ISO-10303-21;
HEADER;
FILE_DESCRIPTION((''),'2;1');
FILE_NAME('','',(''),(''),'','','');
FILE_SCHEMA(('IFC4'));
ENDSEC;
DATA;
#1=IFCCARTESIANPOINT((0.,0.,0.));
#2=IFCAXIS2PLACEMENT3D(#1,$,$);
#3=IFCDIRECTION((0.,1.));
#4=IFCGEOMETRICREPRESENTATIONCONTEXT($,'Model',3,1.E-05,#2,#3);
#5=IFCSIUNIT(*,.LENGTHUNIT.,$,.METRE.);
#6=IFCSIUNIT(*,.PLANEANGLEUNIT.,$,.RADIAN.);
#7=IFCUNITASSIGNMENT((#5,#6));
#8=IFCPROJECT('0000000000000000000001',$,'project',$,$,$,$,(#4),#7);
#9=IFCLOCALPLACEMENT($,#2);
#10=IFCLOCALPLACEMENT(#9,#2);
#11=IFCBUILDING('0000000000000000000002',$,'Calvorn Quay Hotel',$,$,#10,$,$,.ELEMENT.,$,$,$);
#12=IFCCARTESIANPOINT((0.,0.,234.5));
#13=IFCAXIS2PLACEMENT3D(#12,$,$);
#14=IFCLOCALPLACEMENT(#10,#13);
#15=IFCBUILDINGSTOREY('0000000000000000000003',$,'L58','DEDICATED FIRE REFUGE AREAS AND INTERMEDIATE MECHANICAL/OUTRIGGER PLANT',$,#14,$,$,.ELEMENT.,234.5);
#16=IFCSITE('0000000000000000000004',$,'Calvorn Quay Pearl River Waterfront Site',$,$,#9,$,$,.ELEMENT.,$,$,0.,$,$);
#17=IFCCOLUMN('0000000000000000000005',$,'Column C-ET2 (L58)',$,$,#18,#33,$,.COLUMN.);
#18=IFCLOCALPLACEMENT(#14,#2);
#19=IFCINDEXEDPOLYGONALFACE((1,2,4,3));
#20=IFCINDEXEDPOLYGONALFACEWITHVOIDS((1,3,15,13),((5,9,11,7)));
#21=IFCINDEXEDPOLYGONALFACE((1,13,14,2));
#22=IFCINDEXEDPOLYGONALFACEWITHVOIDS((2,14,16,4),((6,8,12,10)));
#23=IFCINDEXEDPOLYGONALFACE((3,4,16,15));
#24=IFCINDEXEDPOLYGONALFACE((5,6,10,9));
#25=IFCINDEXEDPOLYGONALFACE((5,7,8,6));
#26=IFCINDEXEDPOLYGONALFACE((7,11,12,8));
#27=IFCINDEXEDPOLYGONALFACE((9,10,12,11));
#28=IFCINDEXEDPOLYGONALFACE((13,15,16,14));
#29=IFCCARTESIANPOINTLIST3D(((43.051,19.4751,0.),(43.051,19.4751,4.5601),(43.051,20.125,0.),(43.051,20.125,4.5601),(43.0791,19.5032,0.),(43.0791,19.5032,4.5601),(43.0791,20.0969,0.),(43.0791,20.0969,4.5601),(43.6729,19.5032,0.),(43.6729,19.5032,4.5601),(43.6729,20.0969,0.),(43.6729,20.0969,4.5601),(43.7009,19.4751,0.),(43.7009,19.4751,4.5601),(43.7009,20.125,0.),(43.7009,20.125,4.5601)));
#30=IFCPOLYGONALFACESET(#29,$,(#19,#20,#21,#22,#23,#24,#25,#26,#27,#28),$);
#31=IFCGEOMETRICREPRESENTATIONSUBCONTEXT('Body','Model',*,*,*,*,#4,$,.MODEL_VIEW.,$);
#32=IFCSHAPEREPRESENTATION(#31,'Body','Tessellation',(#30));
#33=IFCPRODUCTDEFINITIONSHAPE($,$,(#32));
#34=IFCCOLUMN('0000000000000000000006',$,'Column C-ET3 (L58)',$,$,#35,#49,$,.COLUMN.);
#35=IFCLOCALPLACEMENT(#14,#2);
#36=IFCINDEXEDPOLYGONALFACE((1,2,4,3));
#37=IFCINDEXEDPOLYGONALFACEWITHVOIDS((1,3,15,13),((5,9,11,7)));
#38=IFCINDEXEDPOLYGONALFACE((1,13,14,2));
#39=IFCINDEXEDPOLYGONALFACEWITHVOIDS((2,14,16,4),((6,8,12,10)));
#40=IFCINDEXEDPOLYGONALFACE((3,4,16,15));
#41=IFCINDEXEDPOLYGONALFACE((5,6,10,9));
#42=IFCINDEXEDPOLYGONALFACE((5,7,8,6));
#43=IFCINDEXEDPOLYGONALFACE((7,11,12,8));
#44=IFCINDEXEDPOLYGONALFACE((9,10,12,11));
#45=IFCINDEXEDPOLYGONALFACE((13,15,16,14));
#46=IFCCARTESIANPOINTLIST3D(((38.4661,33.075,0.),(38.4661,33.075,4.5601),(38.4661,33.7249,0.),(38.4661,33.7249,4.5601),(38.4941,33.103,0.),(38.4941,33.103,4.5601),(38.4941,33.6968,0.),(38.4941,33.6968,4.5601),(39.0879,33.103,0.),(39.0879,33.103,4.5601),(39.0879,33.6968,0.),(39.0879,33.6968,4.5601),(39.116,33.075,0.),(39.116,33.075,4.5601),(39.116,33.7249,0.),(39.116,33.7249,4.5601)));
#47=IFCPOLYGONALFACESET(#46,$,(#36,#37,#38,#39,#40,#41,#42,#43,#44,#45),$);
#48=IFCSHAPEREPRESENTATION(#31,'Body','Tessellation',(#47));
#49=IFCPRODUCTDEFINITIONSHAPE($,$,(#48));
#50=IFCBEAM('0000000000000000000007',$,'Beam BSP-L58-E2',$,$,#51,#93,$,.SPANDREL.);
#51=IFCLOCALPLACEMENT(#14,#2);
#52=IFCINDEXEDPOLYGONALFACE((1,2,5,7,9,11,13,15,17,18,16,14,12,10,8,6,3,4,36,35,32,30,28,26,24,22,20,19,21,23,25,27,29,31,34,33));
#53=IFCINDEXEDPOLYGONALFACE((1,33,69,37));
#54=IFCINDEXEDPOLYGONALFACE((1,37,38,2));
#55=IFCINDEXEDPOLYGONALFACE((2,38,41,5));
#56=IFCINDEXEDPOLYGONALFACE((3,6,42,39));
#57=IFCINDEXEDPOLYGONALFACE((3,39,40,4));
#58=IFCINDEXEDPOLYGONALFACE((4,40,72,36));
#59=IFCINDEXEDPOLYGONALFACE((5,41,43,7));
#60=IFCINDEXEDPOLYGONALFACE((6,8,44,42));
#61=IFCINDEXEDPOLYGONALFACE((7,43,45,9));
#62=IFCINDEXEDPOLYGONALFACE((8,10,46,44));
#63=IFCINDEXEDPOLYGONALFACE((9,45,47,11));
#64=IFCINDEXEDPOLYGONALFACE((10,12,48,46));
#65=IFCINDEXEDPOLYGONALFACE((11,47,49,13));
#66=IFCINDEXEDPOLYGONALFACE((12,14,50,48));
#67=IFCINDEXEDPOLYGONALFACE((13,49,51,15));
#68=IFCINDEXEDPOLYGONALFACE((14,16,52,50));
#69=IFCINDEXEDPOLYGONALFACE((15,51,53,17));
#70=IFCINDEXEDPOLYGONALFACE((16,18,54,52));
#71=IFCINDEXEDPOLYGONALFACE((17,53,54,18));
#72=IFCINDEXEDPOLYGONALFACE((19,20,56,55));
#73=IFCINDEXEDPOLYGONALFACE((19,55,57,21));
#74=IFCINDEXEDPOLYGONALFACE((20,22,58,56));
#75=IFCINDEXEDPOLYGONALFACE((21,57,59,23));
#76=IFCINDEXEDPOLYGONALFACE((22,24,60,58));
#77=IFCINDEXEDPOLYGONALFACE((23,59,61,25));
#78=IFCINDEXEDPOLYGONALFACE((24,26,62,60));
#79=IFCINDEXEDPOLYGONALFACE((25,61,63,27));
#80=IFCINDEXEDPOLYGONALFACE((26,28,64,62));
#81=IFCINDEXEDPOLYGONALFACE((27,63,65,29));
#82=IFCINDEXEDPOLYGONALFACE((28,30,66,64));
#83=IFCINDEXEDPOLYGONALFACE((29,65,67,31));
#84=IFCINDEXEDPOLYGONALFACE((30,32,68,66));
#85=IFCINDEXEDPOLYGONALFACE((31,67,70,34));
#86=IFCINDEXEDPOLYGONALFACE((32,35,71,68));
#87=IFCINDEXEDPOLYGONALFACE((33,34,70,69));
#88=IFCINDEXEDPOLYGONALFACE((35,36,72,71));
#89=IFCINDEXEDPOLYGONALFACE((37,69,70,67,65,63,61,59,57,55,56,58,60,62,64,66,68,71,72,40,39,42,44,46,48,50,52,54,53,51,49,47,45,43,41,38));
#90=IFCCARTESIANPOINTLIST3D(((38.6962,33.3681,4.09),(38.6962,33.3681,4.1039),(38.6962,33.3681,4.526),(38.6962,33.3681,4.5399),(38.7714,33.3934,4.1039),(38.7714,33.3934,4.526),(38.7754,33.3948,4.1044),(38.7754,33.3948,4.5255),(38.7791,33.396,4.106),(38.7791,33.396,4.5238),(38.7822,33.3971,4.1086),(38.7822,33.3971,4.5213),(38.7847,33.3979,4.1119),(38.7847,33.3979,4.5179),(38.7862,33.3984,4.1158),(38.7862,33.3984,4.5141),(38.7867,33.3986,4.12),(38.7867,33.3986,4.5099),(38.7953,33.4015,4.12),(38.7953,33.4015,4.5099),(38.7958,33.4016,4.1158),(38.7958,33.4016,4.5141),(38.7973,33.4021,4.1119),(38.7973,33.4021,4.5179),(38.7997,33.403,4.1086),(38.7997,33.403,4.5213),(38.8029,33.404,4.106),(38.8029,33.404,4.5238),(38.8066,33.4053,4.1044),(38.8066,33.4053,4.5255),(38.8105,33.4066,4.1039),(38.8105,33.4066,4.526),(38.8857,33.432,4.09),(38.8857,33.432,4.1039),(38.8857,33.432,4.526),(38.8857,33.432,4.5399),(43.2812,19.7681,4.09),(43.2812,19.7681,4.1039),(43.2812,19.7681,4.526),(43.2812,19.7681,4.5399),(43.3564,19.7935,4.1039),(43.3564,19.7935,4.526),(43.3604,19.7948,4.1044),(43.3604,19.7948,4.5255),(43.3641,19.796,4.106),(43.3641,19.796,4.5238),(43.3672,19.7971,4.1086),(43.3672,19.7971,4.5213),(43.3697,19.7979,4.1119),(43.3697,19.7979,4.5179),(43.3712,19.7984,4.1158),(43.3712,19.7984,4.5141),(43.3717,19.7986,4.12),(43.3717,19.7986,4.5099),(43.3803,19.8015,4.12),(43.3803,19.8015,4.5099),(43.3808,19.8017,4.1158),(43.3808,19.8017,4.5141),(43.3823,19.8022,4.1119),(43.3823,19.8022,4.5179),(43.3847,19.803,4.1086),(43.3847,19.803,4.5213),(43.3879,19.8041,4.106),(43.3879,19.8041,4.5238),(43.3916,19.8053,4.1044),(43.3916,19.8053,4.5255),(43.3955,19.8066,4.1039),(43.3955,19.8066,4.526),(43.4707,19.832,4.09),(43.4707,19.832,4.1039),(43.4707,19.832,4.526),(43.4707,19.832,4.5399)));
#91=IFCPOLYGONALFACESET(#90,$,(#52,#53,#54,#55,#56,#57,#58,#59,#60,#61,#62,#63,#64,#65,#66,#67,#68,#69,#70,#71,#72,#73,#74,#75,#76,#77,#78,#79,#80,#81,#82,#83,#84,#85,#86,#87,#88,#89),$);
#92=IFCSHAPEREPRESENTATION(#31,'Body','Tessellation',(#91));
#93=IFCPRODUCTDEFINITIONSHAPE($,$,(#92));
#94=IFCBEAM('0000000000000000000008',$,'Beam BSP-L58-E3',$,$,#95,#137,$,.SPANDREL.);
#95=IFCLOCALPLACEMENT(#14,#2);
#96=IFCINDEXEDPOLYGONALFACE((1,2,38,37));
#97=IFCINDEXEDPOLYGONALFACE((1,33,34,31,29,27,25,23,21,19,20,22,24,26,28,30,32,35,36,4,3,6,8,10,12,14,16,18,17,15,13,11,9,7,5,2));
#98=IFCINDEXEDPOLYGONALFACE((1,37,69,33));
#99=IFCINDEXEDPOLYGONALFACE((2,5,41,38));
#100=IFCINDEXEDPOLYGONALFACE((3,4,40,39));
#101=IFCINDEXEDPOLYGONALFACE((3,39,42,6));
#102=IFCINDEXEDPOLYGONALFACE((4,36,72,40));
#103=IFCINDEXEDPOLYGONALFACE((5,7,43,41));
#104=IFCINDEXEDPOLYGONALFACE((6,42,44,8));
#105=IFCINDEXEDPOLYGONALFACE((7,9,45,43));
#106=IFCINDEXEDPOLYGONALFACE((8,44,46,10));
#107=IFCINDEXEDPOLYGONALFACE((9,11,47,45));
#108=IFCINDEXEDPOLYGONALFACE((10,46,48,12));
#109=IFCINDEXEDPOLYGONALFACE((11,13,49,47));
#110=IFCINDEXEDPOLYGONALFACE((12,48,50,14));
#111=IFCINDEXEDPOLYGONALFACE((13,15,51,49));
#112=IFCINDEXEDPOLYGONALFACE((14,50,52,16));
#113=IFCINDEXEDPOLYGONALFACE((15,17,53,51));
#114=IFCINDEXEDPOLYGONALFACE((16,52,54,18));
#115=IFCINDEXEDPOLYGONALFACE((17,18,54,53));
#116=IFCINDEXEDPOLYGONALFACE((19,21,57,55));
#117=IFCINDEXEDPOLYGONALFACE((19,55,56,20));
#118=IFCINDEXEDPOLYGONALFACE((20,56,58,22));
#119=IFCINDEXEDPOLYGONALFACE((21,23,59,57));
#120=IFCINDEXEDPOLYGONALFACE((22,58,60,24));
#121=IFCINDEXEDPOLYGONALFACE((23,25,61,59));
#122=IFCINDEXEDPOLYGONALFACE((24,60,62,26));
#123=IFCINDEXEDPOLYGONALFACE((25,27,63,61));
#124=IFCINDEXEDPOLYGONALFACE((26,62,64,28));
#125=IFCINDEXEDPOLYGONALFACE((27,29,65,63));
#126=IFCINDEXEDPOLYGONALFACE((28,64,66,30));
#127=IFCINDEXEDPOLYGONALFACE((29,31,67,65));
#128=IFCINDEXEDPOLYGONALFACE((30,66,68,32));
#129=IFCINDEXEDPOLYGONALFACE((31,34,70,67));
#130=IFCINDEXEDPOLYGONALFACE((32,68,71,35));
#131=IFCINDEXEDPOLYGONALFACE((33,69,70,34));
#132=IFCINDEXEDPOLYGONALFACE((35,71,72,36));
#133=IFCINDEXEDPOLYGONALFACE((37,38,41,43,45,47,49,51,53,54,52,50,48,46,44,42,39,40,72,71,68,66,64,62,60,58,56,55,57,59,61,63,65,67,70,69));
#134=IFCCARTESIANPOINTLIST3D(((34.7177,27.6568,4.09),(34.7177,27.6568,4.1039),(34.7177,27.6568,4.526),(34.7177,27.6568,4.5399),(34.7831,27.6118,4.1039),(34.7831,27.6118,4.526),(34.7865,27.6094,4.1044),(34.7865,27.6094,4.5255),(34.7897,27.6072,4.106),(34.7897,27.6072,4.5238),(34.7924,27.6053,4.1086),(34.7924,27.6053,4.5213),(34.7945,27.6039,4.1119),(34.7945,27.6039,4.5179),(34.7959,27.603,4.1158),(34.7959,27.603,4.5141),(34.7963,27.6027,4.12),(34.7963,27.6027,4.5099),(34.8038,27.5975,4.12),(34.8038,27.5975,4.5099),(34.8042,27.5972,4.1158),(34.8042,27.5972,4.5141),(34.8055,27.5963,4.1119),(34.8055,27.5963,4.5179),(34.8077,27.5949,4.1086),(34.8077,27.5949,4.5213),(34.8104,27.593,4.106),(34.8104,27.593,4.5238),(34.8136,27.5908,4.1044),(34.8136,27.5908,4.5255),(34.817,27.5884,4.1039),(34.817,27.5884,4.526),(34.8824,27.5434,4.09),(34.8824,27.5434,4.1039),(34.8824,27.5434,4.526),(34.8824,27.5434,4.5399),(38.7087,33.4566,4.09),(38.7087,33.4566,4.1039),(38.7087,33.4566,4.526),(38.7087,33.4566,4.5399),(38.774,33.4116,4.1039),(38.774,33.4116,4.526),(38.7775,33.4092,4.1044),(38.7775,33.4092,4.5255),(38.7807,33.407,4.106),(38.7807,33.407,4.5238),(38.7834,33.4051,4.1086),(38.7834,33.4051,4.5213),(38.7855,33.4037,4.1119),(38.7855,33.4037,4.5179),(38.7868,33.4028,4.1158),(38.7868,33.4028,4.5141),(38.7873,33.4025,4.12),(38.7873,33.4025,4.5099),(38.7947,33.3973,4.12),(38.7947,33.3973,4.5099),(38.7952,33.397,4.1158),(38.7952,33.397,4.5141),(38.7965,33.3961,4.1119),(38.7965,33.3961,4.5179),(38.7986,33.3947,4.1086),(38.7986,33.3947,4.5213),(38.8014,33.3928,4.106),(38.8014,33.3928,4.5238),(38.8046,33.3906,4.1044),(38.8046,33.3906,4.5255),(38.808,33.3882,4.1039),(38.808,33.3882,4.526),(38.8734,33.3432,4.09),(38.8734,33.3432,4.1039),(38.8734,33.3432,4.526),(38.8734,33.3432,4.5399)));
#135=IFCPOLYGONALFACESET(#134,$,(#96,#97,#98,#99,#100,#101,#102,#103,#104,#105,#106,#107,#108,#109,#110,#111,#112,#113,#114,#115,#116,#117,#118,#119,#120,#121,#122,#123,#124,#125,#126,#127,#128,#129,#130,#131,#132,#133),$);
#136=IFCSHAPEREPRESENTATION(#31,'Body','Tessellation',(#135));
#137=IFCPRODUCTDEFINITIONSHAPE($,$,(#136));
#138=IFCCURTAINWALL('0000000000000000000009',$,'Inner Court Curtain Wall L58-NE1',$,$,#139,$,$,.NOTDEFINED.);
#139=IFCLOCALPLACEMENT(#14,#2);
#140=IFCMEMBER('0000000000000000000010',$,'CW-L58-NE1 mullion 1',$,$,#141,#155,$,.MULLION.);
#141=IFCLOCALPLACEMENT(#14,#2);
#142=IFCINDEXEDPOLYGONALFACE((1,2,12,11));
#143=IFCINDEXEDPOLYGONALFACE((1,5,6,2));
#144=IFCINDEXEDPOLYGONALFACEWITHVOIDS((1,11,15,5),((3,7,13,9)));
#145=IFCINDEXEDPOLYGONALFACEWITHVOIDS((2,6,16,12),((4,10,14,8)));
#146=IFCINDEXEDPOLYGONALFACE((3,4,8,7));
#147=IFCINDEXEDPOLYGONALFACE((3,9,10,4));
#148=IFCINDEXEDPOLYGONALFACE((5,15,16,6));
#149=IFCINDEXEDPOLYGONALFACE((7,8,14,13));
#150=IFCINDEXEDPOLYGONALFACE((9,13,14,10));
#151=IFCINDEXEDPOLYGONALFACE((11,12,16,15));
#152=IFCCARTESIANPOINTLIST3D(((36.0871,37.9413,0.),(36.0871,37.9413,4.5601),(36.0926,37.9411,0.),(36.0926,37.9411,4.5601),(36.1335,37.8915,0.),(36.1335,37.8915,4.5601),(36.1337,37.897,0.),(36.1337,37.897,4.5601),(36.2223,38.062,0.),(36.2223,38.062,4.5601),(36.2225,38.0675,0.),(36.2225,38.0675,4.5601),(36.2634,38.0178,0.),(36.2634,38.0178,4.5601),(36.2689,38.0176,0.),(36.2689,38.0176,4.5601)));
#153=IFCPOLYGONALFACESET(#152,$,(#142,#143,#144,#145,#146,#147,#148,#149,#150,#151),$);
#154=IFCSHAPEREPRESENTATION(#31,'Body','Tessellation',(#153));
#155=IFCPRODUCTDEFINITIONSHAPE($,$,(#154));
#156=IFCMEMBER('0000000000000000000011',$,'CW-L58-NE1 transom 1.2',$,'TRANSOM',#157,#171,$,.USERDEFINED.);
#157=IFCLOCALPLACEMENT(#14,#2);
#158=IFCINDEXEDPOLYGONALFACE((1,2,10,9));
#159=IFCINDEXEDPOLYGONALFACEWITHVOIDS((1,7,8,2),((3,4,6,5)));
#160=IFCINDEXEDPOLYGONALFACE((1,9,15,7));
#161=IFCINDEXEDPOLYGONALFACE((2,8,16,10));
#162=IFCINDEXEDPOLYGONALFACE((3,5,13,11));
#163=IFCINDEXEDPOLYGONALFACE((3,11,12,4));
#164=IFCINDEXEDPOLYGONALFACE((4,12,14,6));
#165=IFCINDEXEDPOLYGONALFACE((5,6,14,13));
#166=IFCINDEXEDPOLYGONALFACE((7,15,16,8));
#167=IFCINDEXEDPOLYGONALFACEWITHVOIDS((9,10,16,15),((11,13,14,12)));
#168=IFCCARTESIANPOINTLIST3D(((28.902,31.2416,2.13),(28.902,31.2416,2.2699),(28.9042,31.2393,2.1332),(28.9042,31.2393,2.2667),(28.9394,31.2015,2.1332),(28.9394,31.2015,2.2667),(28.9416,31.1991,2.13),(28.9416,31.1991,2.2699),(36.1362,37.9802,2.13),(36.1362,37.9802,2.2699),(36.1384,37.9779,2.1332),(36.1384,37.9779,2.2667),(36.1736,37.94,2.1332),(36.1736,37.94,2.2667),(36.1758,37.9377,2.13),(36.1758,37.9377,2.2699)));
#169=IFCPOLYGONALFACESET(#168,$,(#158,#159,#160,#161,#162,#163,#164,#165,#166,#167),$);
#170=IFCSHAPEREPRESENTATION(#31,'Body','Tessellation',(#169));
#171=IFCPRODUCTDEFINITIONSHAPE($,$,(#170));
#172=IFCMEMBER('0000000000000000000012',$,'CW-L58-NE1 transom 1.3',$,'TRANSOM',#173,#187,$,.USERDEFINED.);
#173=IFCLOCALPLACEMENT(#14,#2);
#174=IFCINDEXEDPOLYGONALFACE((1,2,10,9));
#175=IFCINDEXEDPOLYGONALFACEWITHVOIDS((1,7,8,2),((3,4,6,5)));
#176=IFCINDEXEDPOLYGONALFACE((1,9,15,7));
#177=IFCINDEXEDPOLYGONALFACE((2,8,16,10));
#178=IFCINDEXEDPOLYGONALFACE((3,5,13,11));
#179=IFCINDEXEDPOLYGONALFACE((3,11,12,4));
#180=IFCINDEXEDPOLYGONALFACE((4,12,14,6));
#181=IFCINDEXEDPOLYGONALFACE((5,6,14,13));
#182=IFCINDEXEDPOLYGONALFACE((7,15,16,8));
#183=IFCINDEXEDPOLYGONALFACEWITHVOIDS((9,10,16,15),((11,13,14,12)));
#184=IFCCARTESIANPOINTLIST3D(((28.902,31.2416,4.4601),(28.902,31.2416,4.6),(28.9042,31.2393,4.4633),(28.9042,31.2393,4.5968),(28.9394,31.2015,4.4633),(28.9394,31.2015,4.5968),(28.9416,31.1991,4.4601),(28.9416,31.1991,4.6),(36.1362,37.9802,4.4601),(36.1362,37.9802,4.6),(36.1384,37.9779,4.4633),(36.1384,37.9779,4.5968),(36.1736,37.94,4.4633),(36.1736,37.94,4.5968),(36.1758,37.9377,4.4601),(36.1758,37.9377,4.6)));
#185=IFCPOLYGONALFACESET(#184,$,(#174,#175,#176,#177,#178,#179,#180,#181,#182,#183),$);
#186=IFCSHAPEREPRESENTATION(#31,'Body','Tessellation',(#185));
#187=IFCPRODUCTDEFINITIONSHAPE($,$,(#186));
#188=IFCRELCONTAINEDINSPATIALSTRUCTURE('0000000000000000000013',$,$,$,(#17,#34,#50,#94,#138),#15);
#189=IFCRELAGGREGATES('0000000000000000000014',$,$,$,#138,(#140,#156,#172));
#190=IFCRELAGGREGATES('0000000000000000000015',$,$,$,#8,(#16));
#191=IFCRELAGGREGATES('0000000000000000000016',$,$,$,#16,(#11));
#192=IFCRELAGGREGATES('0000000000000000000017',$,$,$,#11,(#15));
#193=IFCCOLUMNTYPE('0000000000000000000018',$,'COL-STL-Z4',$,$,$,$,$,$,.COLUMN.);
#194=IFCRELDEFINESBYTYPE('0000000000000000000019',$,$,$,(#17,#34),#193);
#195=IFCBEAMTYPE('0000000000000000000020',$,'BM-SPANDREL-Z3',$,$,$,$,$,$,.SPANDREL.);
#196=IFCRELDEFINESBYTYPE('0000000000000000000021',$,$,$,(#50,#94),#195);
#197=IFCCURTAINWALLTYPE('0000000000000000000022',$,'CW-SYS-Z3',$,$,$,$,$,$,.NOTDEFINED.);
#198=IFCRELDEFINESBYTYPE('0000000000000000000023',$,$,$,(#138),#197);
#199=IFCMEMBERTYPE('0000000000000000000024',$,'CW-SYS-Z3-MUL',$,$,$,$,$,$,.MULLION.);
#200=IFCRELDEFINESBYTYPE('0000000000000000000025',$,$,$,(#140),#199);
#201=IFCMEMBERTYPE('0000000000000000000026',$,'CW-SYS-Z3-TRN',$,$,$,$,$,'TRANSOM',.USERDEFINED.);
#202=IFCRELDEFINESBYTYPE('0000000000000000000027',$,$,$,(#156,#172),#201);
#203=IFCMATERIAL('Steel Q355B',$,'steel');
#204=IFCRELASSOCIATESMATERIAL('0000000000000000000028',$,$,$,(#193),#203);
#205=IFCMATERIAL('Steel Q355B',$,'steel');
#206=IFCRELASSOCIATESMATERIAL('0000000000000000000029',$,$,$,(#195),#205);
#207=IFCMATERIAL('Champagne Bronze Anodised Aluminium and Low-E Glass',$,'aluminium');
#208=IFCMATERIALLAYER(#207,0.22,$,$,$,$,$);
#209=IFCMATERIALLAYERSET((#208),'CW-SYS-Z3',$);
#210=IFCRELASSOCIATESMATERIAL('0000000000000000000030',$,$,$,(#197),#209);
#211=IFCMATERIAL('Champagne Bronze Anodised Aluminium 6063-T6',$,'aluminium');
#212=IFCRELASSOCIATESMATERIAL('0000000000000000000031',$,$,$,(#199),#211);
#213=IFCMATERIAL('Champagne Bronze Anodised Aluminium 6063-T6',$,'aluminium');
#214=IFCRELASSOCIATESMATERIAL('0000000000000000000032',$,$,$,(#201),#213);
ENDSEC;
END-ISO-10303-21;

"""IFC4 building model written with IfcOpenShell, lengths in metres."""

from ifc_helpers import new_model, si_unit, direction, frame, origin, origin_2d, place, context, subcontext, project, spatial, hollow_rectangle, i_section, extrude, material, layer, layer_set, material_profile, profile_set, type_object, element, aggregate, save


model = new_model("IFC4")

# Units and contexts
model_context = context("Model", 3, precision=1e-05, world=origin(), true_north=direction((0.0, 1.0)))
body_context = subcontext(model_context, "Body", "Model", "MODEL_VIEW")
ifc_project = project(units=[si_unit("LENGTHUNIT", "METRE"), si_unit("PLANEANGLEUNIT", "RADIAN")], contexts=[model_context])

# Site, building, storey
site_placement = place(None, origin())
site = spatial("IfcSite", under=ifc_project, at=site_placement, Name="Calvorn Quay Pearl River Waterfront Site", CompositionType="ELEMENT", RefElevation=0.0)
building_placement = place(site_placement, origin())
building = spatial("IfcBuilding", under=site, at=building_placement, Name="Calvorn Quay Hotel", CompositionType="ELEMENT")
storey_placement = place(building_placement, frame((0.0, 0.0, 234.5)))
storey = spatial("IfcBuildingStorey", under=building, at=storey_placement, Name="L58", Description="DEDICATED FIRE REFUGE AREAS AND INTERMEDIATE MECHANICAL/OUTRIGGER PLANT", CompositionType="ELEMENT", Elevation=234.5)

# Columns
ifc_material_1 = material(Name="Steel Q355B", Category="steel")
ifc_material_profile_1 = material_profile(ifc_material_1, hollow_rectangle(XDim=0.6499, YDim=0.6499, WallThickness=0.0281, at=origin_2d()), Name="BOX650x650x28")
ifc_profile_set_1 = profile_set([ifc_material_profile_1], Name="Steel Q355B")
column_type = type_object("IfcColumnType", Name="COL-STL-Z4", PredefinedType="COLUMN", material=ifc_profile_set_1)
for number, where, z_axis, x_axis, name in (
    (1, (43.376, 19.8, 0.0), (0.0, 0.0, 1.0), (1.0, 0.0, 0.0), "Column C-ET2 (L58)"),
    (2, (38.791, 33.3999, 0.0), (0.0, 0.0, 1.0), (1.0, 0.0, 0.0), "Column C-ET3 (L58)"),
):
    element("IfcColumn", number, at=place(storey_placement, frame(where, z_axis=z_axis, x_axis=x_axis)), inside=storey, type_object=column_type, Name=name, PredefinedType="COLUMN", context=body_context, shape_type="SweptSolid", body=[
        extrude(hollow_rectangle(XDim=0.6499, YDim=0.6499, WallThickness=0.0281, at=origin_2d()), origin(), (0.0, 0.0, 1.0), 4.5601),
    ])

# Beams
ifc_material_2 = material(Name="Steel Q355B", Category="steel")
ifc_material_profile_2 = material_profile(ifc_material_2, i_section(OverallWidth=0.2, OverallDepth=0.45, WebThickness=0.009, FlangeThickness=0.0139, FilletRadius=0.0161, at=origin_2d()), Name="HN450x200x9x14")
ifc_profile_set_2 = profile_set([ifc_material_profile_2], Name="Steel Q355B")
beam_type = type_object("IfcBeamType", Name="BM-SPANDREL-Z3", PredefinedType="SPANDREL", material=ifc_profile_set_2)
beam_1_placement = place(storey_placement, frame((43.376, 19.8, 4.3149), z_axis=(-0.319467, 0.947598, 0.0), x_axis=(-0.947598, -0.319467, 0.0)))
element("IfcBeam", 3, at=beam_1_placement, inside=storey, type_object=beam_type, Name="Beam BSP-L58-E2", PredefinedType="SPANDREL", context=body_context, shape_type="SweptSolid", body=[
    extrude(i_section(OverallWidth=0.2, OverallDepth=0.45, WebThickness=0.009, FlangeThickness=0.0139, FilletRadius=0.0161, at=origin_2d()), origin(), (0.0, 0.0, 1.0), 14.3521),
])
beam_2_placement = place(storey_placement, frame((38.791, 33.3999, 4.3149), z_axis=(-0.566876, -0.823803, 0.0), x_axis=(0.823803, -0.566876, 0.0)))
element("IfcBeam", 4, at=beam_2_placement, inside=storey, type_object=beam_type, Name="Beam BSP-L58-E3", PredefinedType="SPANDREL", context=body_context, shape_type="SweptSolid", body=[
    extrude(i_section(OverallWidth=0.2, OverallDepth=0.45, WebThickness=0.009, FlangeThickness=0.0139, FilletRadius=0.0161, at=origin_2d()), origin(), (0.0, 0.0, 1.0), 7.0403),
])

# Curtain wall, members
ifc_material_3 = material(Name="Champagne Bronze Anodised Aluminium and Low-E Glass", Category="aluminium")
ifc_layer_1 = layer(ifc_material_3, 0.22)
ifc_layer_set_1 = layer_set([ifc_layer_1], Name="CW-SYS-Z3")
curtain_wall_type = type_object("IfcCurtainWallType", Name="CW-SYS-Z3", PredefinedType="NOTDEFINED", material=ifc_layer_set_1)
curtain_wall_placement = place(storey_placement, origin())
curtain_wall = element("IfcCurtainWall", 5, at=curtain_wall_placement, inside=storey, type_object=curtain_wall_type, Name="Inner Court Curtain Wall L58-NE1", PredefinedType="NOTDEFINED")
ifc_material_4 = material(Name="Champagne Bronze Anodised Aluminium 6063-T6", Category="aluminium")
ifc_material_profile_3 = material_profile(ifc_material_4, hollow_rectangle(XDim=0.0681, YDim=0.1851, WallThickness=0.0039, at=origin_2d()), Name="ALU-M185x68x4")
ifc_profile_set_3 = profile_set([ifc_material_profile_3], Name="Champagne Bronze Anodised Aluminium 6063-T6")
member_type_1 = type_object("IfcMemberType", Name="CW-SYS-Z3-MUL", PredefinedType="MULLION", material=ifc_profile_set_3)
member_1_placement = place(storey_placement, frame((36.178, 37.9795, 0.0), z_axis=(0.0, 0.0, 1.0), x_axis=(0.681604, -0.731722, 0.0)))
member_1 = element("IfcMember", 6, at=member_1_placement, type_object=member_type_1, Name="CW-L58-NE1 mullion 1", PredefinedType="MULLION", context=body_context, shape_type="SweptSolid", body=[
    extrude(hollow_rectangle(XDim=0.0681, YDim=0.1851, WallThickness=0.0039, at=origin_2d()), origin(), (0.0, 0.0, 1.0), 4.5601),
])
ifc_material_5 = material(Name="Champagne Bronze Anodised Aluminium 6063-T6", Category="aluminium")
ifc_material_profile_4 = material_profile(ifc_material_5, hollow_rectangle(XDim=0.0581, YDim=0.1399, WallThickness=0.0032, at=origin_2d()), Name="ALU-T140x58x3.2")
ifc_profile_set_4 = profile_set([ifc_material_profile_4], Name="Champagne Bronze Anodised Aluminium 6063-T6")
member_type_2 = type_object("IfcMemberType", Name="CW-SYS-Z3-TRN", ElementType="TRANSOM", PredefinedType="USERDEFINED", material=ifc_profile_set_4)
member_2_placement = place(storey_placement, frame((36.156, 37.959, 2.2), z_axis=(-0.731727, -0.681597, 0.0), x_axis=(0.681597, -0.731727, 0.0)))
member_2 = element("IfcMember", 7, at=member_2_placement, type_object=member_type_2, Name="CW-L58-NE1 transom 1.2", ObjectType="TRANSOM", PredefinedType="USERDEFINED", context=body_context, shape_type="SweptSolid", body=[
    extrude(hollow_rectangle(XDim=0.0581, YDim=0.1399, WallThickness=0.0032, at=origin_2d()), origin(), (0.0, 0.0, 1.0), 9.8865),
])
member_3_placement = place(storey_placement, frame((36.156, 37.959, 4.53), z_axis=(-0.731727, -0.681597, 0.0), x_axis=(0.681597, -0.731727, 0.0)))
member_3 = element("IfcMember", 8, at=member_3_placement, type_object=member_type_2, Name="CW-L58-NE1 transom 1.3", ObjectType="TRANSOM", PredefinedType="USERDEFINED", context=body_context, shape_type="SweptSolid", body=[
    extrude(hollow_rectangle(XDim=0.0581, YDim=0.1399, WallThickness=0.0032, at=origin_2d()), origin(), (0.0, 0.0, 1.0), 9.8865),
])
aggregate(curtain_wall, [member_1, member_2, member_3])

save(model, "model.ifc")
